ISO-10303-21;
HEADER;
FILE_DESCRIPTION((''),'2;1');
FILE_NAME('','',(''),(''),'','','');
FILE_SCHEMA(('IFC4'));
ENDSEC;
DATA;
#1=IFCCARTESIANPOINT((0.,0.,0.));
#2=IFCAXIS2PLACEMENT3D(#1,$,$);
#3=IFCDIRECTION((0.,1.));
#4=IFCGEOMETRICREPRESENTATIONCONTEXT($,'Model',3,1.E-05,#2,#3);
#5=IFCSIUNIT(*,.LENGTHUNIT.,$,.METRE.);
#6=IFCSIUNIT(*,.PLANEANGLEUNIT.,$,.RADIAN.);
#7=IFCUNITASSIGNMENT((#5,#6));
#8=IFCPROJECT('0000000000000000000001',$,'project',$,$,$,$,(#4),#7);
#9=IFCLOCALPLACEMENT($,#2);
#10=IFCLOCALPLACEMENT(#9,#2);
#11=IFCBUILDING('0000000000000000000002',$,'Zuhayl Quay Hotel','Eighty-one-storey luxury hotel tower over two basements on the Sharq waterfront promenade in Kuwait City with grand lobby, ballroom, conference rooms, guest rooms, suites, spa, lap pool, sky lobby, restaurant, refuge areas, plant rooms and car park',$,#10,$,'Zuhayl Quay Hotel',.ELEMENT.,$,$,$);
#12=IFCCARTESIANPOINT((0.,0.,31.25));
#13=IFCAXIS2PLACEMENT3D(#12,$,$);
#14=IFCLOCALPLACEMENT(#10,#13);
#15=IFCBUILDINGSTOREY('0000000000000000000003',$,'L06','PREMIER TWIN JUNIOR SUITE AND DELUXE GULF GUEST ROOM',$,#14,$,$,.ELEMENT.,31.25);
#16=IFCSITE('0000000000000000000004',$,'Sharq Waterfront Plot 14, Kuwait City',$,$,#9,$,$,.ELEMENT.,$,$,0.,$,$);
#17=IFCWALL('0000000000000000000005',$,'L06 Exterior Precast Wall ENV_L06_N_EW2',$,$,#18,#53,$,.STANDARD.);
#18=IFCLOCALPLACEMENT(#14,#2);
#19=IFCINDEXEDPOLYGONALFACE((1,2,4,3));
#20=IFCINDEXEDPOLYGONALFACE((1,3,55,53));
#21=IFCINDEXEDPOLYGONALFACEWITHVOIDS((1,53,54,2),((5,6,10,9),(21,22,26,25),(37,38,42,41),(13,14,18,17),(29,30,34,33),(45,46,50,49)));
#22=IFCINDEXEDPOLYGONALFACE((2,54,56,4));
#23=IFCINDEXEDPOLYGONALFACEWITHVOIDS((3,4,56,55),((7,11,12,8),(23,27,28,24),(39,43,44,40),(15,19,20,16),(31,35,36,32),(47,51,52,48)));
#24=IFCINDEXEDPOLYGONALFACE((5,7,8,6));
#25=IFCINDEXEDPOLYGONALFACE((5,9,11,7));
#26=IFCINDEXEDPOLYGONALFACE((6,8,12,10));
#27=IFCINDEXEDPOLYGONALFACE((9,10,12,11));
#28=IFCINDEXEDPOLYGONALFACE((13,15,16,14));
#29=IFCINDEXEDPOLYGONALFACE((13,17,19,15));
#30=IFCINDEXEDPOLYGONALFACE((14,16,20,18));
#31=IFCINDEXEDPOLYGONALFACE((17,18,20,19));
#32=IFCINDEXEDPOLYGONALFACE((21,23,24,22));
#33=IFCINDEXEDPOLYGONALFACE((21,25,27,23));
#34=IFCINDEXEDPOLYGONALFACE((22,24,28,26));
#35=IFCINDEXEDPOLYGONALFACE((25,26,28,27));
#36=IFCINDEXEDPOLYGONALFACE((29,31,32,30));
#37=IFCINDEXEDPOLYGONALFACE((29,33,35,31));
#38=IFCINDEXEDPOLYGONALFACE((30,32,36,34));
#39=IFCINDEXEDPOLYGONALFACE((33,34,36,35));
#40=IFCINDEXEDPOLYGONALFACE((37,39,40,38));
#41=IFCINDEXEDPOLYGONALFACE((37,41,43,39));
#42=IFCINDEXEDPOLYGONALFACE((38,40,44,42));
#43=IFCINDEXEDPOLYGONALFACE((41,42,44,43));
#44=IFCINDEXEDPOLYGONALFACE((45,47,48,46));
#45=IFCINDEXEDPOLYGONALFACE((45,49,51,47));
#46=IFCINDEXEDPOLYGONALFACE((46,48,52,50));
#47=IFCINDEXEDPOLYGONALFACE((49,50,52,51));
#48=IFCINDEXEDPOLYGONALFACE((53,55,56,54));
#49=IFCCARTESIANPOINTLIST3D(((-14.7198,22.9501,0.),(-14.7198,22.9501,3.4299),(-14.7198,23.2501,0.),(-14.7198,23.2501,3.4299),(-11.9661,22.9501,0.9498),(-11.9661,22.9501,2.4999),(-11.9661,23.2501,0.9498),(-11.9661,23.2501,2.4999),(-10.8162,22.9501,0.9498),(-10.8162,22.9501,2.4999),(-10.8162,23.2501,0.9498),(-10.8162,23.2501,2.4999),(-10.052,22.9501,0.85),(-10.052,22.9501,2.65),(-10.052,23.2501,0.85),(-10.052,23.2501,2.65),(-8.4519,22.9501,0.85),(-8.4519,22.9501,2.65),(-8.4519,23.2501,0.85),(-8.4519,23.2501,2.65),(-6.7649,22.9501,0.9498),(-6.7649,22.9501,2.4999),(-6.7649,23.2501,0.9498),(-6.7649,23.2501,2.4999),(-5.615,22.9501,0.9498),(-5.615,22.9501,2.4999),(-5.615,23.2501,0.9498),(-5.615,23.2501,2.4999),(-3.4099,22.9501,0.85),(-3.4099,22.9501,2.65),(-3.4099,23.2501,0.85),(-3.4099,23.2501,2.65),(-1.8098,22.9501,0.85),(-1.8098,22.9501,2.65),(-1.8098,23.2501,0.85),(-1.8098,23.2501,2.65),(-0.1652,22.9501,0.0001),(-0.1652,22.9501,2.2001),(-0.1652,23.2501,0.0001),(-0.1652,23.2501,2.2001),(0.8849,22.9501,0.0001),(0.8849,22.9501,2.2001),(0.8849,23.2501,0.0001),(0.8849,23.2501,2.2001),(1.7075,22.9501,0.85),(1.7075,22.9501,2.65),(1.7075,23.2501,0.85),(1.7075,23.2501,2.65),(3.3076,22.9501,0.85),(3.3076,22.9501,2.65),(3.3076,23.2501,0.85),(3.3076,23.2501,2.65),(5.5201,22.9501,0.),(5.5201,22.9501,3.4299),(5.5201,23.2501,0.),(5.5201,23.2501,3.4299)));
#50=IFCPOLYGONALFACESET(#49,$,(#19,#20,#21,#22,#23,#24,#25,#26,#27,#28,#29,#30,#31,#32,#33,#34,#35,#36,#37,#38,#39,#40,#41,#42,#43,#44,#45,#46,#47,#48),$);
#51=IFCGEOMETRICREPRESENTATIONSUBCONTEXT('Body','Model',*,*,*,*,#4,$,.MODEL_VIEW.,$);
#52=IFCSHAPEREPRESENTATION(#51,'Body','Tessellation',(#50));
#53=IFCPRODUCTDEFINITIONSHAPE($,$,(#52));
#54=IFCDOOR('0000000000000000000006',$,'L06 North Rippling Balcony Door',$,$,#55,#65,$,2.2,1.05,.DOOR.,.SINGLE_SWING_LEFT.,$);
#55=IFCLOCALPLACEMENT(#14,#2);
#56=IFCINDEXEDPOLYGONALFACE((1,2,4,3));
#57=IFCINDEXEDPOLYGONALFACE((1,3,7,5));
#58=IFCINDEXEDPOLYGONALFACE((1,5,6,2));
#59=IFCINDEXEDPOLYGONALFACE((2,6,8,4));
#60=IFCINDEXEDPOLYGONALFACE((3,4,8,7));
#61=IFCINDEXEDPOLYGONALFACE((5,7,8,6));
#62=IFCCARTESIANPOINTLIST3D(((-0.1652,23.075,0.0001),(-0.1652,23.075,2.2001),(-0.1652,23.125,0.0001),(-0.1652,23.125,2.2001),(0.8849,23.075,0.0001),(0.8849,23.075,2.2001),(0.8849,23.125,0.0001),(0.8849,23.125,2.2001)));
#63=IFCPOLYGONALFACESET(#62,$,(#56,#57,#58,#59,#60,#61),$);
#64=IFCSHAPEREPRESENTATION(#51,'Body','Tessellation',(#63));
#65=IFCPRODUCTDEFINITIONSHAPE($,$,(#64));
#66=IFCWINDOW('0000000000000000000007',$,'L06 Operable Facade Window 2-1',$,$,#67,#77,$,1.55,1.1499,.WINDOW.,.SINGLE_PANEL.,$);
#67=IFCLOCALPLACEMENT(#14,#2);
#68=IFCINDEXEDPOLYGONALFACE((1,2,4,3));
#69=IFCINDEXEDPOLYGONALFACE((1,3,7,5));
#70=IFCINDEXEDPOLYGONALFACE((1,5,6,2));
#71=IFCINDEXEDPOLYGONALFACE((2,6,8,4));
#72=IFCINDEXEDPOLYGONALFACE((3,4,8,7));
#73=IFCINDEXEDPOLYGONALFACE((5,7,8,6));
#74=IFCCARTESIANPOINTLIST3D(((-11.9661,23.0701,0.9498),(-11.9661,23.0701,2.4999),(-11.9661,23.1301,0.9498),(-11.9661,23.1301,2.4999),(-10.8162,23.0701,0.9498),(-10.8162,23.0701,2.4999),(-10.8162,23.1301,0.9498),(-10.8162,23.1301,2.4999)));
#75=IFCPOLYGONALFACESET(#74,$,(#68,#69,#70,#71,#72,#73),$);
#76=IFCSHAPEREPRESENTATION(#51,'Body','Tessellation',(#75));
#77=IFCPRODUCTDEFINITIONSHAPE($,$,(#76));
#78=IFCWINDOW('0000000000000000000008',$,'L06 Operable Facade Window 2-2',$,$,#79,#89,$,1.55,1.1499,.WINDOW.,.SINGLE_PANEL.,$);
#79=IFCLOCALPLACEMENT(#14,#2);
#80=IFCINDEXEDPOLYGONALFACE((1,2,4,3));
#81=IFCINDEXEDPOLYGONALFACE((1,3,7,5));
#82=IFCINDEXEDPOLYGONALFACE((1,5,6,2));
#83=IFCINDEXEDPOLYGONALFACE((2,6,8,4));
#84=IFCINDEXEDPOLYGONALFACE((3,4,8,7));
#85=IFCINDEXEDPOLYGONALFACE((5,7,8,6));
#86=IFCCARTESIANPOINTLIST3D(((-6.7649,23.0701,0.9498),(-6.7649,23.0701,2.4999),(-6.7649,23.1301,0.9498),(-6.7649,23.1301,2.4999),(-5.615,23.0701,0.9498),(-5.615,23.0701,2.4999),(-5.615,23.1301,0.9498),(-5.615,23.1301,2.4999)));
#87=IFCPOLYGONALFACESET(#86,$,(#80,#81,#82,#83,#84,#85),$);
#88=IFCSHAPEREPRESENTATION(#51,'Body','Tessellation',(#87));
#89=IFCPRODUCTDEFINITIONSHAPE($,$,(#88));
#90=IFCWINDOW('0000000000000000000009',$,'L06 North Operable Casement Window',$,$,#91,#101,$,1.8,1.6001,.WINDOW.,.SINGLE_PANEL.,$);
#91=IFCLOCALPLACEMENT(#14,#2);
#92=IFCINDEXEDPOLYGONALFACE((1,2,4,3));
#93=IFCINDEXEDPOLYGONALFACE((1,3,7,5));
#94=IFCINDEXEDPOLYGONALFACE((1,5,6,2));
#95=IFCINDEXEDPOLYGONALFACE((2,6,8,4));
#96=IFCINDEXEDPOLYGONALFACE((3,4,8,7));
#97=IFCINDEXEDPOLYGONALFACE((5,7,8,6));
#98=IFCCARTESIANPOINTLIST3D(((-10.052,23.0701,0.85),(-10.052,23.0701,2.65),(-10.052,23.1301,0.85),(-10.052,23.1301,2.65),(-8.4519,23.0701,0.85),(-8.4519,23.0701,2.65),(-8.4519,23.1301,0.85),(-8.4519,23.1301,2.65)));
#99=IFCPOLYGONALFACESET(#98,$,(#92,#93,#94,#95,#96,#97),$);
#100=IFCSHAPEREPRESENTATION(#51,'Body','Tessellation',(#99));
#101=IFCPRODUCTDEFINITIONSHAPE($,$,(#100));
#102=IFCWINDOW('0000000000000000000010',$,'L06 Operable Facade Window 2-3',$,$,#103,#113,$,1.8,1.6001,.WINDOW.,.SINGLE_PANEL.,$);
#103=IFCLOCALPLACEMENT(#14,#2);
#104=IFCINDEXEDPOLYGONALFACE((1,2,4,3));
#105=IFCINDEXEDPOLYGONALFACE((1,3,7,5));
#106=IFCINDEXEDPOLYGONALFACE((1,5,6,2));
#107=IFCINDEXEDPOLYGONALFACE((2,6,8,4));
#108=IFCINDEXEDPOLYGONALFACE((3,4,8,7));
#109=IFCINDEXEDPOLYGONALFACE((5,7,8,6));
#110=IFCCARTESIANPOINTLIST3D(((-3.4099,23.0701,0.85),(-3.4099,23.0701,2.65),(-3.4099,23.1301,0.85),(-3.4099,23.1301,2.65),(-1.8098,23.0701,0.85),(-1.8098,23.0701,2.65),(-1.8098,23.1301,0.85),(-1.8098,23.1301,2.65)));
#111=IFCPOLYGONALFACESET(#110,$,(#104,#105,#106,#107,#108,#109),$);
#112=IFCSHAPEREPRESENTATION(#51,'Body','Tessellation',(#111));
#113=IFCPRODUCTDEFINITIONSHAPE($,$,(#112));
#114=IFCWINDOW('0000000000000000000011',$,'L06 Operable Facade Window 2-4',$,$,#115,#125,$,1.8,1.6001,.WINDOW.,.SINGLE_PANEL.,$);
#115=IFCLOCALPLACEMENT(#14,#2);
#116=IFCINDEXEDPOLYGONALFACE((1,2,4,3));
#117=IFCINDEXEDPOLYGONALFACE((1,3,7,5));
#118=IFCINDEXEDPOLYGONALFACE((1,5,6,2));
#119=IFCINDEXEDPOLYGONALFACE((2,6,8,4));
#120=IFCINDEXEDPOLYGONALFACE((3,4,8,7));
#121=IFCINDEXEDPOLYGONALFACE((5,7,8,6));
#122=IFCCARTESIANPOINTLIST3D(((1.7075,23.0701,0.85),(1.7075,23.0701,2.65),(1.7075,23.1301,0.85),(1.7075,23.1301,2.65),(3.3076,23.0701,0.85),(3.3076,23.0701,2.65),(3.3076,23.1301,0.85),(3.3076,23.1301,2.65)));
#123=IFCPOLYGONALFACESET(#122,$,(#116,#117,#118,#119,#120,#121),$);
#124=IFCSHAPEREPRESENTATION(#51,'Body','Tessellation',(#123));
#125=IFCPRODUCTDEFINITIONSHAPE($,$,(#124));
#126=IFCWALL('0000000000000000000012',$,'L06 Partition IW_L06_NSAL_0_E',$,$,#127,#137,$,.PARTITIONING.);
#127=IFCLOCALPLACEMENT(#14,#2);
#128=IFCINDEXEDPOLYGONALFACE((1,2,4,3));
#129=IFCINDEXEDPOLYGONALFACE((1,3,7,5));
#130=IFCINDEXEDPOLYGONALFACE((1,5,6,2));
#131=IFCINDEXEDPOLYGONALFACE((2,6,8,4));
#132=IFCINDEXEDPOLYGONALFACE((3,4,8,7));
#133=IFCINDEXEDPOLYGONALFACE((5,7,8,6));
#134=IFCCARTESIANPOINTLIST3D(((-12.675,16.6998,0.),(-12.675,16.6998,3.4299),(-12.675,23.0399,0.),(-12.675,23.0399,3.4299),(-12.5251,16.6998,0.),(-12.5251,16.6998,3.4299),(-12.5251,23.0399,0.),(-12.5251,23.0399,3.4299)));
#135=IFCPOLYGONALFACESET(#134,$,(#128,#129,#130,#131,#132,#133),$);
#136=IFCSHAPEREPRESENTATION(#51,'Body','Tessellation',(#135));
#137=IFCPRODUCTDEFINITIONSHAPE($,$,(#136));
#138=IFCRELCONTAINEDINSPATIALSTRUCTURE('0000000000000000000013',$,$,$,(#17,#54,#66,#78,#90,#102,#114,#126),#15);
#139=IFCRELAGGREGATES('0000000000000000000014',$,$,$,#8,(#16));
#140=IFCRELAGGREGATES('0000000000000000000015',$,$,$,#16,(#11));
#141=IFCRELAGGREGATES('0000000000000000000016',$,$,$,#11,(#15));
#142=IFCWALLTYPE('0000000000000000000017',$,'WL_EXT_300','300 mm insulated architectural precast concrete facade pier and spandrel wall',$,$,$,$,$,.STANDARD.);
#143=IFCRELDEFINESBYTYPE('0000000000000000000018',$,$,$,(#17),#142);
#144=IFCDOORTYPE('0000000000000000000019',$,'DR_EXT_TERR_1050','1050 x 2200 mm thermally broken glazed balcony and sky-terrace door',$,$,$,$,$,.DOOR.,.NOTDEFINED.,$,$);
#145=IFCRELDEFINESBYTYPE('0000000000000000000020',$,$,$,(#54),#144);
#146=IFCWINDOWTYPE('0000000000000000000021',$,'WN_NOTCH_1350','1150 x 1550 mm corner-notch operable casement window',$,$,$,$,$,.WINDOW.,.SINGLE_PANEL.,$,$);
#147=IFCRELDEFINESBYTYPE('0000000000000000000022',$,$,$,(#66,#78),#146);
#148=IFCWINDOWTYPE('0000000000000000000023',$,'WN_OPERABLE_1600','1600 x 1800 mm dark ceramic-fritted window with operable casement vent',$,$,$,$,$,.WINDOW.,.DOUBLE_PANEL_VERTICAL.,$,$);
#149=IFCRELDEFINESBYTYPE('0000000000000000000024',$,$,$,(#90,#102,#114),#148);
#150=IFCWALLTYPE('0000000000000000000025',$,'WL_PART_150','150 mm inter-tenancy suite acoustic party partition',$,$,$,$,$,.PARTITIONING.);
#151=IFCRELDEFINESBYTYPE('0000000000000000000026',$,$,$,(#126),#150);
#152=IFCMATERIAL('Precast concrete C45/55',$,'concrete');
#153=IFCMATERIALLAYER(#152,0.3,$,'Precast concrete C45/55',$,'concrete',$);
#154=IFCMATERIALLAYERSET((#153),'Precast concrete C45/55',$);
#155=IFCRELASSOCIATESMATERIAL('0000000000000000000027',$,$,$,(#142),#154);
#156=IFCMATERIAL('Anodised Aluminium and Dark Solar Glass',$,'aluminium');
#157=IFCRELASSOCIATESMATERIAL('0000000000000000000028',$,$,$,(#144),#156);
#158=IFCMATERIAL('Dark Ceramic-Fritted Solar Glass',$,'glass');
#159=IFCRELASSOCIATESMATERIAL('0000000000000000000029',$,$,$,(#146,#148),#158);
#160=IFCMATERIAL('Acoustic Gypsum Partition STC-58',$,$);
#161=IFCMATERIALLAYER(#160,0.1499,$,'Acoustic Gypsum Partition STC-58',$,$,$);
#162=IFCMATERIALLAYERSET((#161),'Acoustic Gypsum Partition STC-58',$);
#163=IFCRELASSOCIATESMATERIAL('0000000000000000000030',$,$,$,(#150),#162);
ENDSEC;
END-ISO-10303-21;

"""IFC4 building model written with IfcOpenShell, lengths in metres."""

from ifc_helpers import new_model, si_unit, direction, frame, frame_2d, origin, place, context, subcontext, project, spatial, rectangle, extrude, material, layer, layer_set, type_object, element, fill, save


model = new_model("IFC4")

# Units and contexts
model_context = context("Model", 3, precision=1e-05, world=origin(), true_north=direction((0.0, 1.0)))
body_context = subcontext(model_context, "Body", "Model", "MODEL_VIEW")
ifc_project = project(units=[si_unit("LENGTHUNIT", "METRE"), si_unit("PLANEANGLEUNIT", "RADIAN")], contexts=[model_context])

# Site, building, storey
site_placement = place(None, origin())
site = spatial("IfcSite", under=ifc_project, at=site_placement, Name="Sharq Waterfront Plot 14, Kuwait City", CompositionType="ELEMENT", RefElevation=0.0)
building_placement = place(site_placement, origin())
building = spatial("IfcBuilding", under=site, at=building_placement, Name="Zuhayl Quay Hotel", Description="Eighty-one-storey luxury hotel tower over two basements on the Sharq waterfront promenade in Kuwait City with grand lobby, ballroom, conference rooms, guest rooms, suites, spa, lap pool, sky lobby, restaurant, refuge areas, plant rooms and car park", LongName="Zuhayl Quay Hotel", CompositionType="ELEMENT")
storey_placement = place(building_placement, frame((0.0, 0.0, 31.25)))
storey = spatial("IfcBuildingStorey", under=building, at=storey_placement, Name="L06", Description="PREMIER TWIN JUNIOR SUITE AND DELUXE GULF GUEST ROOM", CompositionType="ELEMENT", Elevation=31.25)

# Wall, openings, door, windows
ifc_material_1 = material(Name="Precast concrete C45/55", Category="concrete")
ifc_layer_1 = layer(ifc_material_1, 0.3, Name="Precast concrete C45/55", Category="concrete")
ifc_layer_set_1 = layer_set([ifc_layer_1], Name="Precast concrete C45/55")
wall_type_1 = type_object("IfcWallType", Name="WL_EXT_300", Description="300 mm insulated architectural precast concrete facade pier and spandrel wall", PredefinedType="STANDARD", material=ifc_layer_set_1)
wall_1_placement = place(storey_placement, frame((-14.72, 23.1001, 0.0), z_axis=(0.0, 0.0, 1.0), x_axis=(1.0, 0.0, 0.0)))
wall_1 = element("IfcWall", 1, at=wall_1_placement, inside=storey, type_object=wall_type_1, Name="L06 Exterior Precast Wall ENV_L06_N_EW2", PredefinedType="STANDARD", context=body_context, shape_type="SweptSolid", body=[
    extrude(rectangle(XDim=20.24, YDim=0.3, at=frame_2d((10.1201, 0.0))), origin(), (0.0, 0.0, 1.0), 3.4299),
])
opening_1_placement = place(wall_1_placement, frame((14.5549, 0.0, 0.0)))
opening_1 = element("IfcOpeningElement", 2, at=opening_1_placement, cuts=wall_1, PredefinedType="OPENING", context=body_context, shape_type="SweptSolid", body=[
    extrude(rectangle(XDim=1.05, YDim=2.2, at=frame_2d((0.5249, 1.1001))), frame((0.0, 0.1599, 0.0), z_axis=(0.0, -1.0, 0.0), x_axis=(1.0, 0.0, 0.0)), (0.0, 0.0, 1.0), 0.3201),
])
opening_2_placement = place(wall_1_placement, frame((4.668, 0.0, 0.8501)))
opening_2 = element("IfcOpeningElement", 3, at=opening_2_placement, cuts=wall_1, PredefinedType="OPENING", context=body_context, shape_type="SweptSolid", body=[
    extrude(rectangle(XDim=1.6001, YDim=1.8, at=frame_2d((0.8, 0.8999))), frame((0.0, 0.1599, 0.0), z_axis=(0.0, -1.0, 0.0), x_axis=(1.0, 0.0, 0.0)), (0.0, 0.0, 1.0), 0.3201),
])
opening_3_placement = place(wall_1_placement, frame((2.7539, 0.0, 0.95)))
opening_3 = element("IfcOpeningElement", 4, at=opening_3_placement, cuts=wall_1, PredefinedType="OPENING", context=body_context, shape_type="SweptSolid", body=[
    extrude(rectangle(XDim=1.1499, YDim=1.55, at=frame_2d((0.575, 0.7749))), frame((0.0, 0.1599, 0.0), z_axis=(0.0, -1.0, 0.0), x_axis=(1.0, 0.0, 0.0)), (0.0, 0.0, 1.0), 0.3201),
])
opening_4_placement = place(wall_1_placement, frame((7.9551, 0.0, 0.95)))
opening_4 = element("IfcOpeningElement", 5, at=opening_4_placement, cuts=wall_1, PredefinedType="OPENING", context=body_context, shape_type="SweptSolid", body=[
    extrude(rectangle(XDim=1.1499, YDim=1.55, at=frame_2d((0.575, 0.7749))), frame((0.0, 0.1599, 0.0), z_axis=(0.0, -1.0, 0.0), x_axis=(1.0, 0.0, 0.0)), (0.0, 0.0, 1.0), 0.3201),
])
opening_5_placement = place(wall_1_placement, frame((11.3101, 0.0, 0.8501)))
opening_5 = element("IfcOpeningElement", 6, at=opening_5_placement, cuts=wall_1, PredefinedType="OPENING", context=body_context, shape_type="SweptSolid", body=[
    extrude(rectangle(XDim=1.6001, YDim=1.8, at=frame_2d((0.8, 0.8999))), frame((0.0, 0.1599, 0.0), z_axis=(0.0, -1.0, 0.0), x_axis=(1.0, 0.0, 0.0)), (0.0, 0.0, 1.0), 0.3201),
])
opening_6_placement = place(wall_1_placement, frame((16.4275, 0.0, 0.8501)))
opening_6 = element("IfcOpeningElement", 7, at=opening_6_placement, cuts=wall_1, PredefinedType="OPENING", context=body_context, shape_type="SweptSolid", body=[
    extrude(rectangle(XDim=1.6001, YDim=1.8, at=frame_2d((0.8, 0.8999))), frame((0.0, 0.1599, 0.0), z_axis=(0.0, -1.0, 0.0), x_axis=(1.0, 0.0, 0.0)), (0.0, 0.0, 1.0), 0.3201),
])
ifc_material_2 = material(Name="Anodised Aluminium and Dark Solar Glass", Category="aluminium")
door_type_1 = type_object("IfcDoorType", Name="DR_EXT_TERR_1050", Description="1050 x 2200 mm thermally broken glazed balcony and sky-terrace door", OperationType="NOTDEFINED", PredefinedType="DOOR", material=ifc_material_2)
door_1_placement = place(opening_1_placement, origin())
door_1 = element("IfcDoor", 8, at=door_1_placement, inside=storey, type_object=door_type_1, Name="L06 North Rippling Balcony Door", OperationType="SINGLE_SWING_LEFT", OverallHeight=2.2, OverallWidth=1.05, PredefinedType="DOOR", context=body_context, shape_type="SweptSolid", body=[
    extrude(rectangle(XDim=1.05, YDim=2.2, at=frame_2d((0.5249, 1.1001))), frame((0.0, 0.0249, 0.0), z_axis=(0.0, -1.0, 0.0), x_axis=(1.0, 0.0, 0.0)), (0.0, 0.0, 1.0), 0.05),
])
fill(opening_1, door_1)
ifc_material_3 = material(Name="Dark Ceramic-Fritted Solar Glass", Category="glass")
window_type_1 = type_object("IfcWindowType", Name="WN_NOTCH_1350", Description="1150 x 1550 mm corner-notch operable casement window", PartitioningType="SINGLE_PANEL", PredefinedType="WINDOW", material=ifc_material_3)
window_1_placement = place(opening_3_placement, origin())
window_1 = element("IfcWindow", 9, at=window_1_placement, inside=storey, type_object=window_type_1, Name="L06 Operable Facade Window 2-1", OverallHeight=1.55, OverallWidth=1.1499, PartitioningType="SINGLE_PANEL", PredefinedType="WINDOW", context=body_context, shape_type="SweptSolid", body=[
    extrude(rectangle(XDim=1.1499, YDim=1.55, at=frame_2d((0.575, 0.7749))), frame((0.0, 0.03, 0.0), z_axis=(0.0, -1.0, 0.0), x_axis=(1.0, 0.0, 0.0)), (0.0, 0.0, 1.0), 0.0601),
])
fill(opening_3, window_1)
window_2_placement = place(opening_4_placement, origin())
window_2 = element("IfcWindow", 10, at=window_2_placement, inside=storey, type_object=window_type_1, Name="L06 Operable Facade Window 2-2", OverallHeight=1.55, OverallWidth=1.1499, PartitioningType="SINGLE_PANEL", PredefinedType="WINDOW", context=body_context, shape_type="SweptSolid", body=[
    extrude(rectangle(XDim=1.1499, YDim=1.55, at=frame_2d((0.575, 0.7749))), frame((0.0, 0.03, 0.0), z_axis=(0.0, -1.0, 0.0), x_axis=(1.0, 0.0, 0.0)), (0.0, 0.0, 1.0), 0.0601),
])
fill(opening_4, window_2)
window_type_2 = type_object("IfcWindowType", Name="WN_OPERABLE_1600", Description="1600 x 1800 mm dark ceramic-fritted window with operable casement vent", PartitioningType="DOUBLE_PANEL_VERTICAL", PredefinedType="WINDOW", material=ifc_material_3)
window_3_placement = place(opening_2_placement, origin())
window_3 = element("IfcWindow", 11, at=window_3_placement, inside=storey, type_object=window_type_2, Name="L06 North Operable Casement Window", OverallHeight=1.8, OverallWidth=1.6001, PartitioningType="SINGLE_PANEL", PredefinedType="WINDOW", context=body_context, shape_type="SweptSolid", body=[
    extrude(rectangle(XDim=1.6001, YDim=1.8, at=frame_2d((0.8, 0.8999))), frame((0.0, 0.03, 0.0), z_axis=(0.0, -1.0, 0.0), x_axis=(1.0, 0.0, 0.0)), (0.0, 0.0, 1.0), 0.0601),
])
fill(opening_2, window_3)
window_4_placement = place(opening_5_placement, origin())
window_4 = element("IfcWindow", 12, at=window_4_placement, inside=storey, type_object=window_type_2, Name="L06 Operable Facade Window 2-3", OverallHeight=1.8, OverallWidth=1.6001, PartitioningType="SINGLE_PANEL", PredefinedType="WINDOW", context=body_context, shape_type="SweptSolid", body=[
    extrude(rectangle(XDim=1.6001, YDim=1.8, at=frame_2d((0.8, 0.8999))), frame((0.0, 0.03, 0.0), z_axis=(0.0, -1.0, 0.0), x_axis=(1.0, 0.0, 0.0)), (0.0, 0.0, 1.0), 0.0601),
])
fill(opening_5, window_4)
window_5_placement = place(opening_6_placement, origin())
window_5 = element("IfcWindow", 13, at=window_5_placement, inside=storey, type_object=window_type_2, Name="L06 Operable Facade Window 2-4", OverallHeight=1.8, OverallWidth=1.6001, PartitioningType="SINGLE_PANEL", PredefinedType="WINDOW", context=body_context, shape_type="SweptSolid", body=[
    extrude(rectangle(XDim=1.6001, YDim=1.8, at=frame_2d((0.8, 0.8999))), frame((0.0, 0.03, 0.0), z_axis=(0.0, -1.0, 0.0), x_axis=(1.0, 0.0, 0.0)), (0.0, 0.0, 1.0), 0.0601),
])
fill(opening_6, window_5)

# Wall
ifc_material_4 = material(Name="Acoustic Gypsum Partition STC-58")
ifc_layer_2 = layer(ifc_material_4, 0.1499, Name="Acoustic Gypsum Partition STC-58")
ifc_layer_set_2 = layer_set([ifc_layer_2], Name="Acoustic Gypsum Partition STC-58")
wall_type_2 = type_object("IfcWallType", Name="WL_PART_150", Description="150 mm inter-tenancy suite acoustic party partition", PredefinedType="PARTITIONING", material=ifc_layer_set_2)
wall_2_placement = place(storey_placement, frame((-12.6001, 16.7, 0.0), z_axis=(0.0, 0.0, 1.0), x_axis=(0.0, 1.0, 0.0)))
element("IfcWall", 14, at=wall_2_placement, inside=storey, type_object=wall_type_2, Name="L06 Partition IW_L06_NSAL_0_E", PredefinedType="PARTITIONING", context=body_context, shape_type="SweptSolid", body=[
    extrude(rectangle(XDim=6.3401, YDim=0.1499, at=frame_2d((3.1699, 0.0))), origin(), (0.0, 0.0, 1.0), 3.4299),
])

save(model, "model.ifc")
